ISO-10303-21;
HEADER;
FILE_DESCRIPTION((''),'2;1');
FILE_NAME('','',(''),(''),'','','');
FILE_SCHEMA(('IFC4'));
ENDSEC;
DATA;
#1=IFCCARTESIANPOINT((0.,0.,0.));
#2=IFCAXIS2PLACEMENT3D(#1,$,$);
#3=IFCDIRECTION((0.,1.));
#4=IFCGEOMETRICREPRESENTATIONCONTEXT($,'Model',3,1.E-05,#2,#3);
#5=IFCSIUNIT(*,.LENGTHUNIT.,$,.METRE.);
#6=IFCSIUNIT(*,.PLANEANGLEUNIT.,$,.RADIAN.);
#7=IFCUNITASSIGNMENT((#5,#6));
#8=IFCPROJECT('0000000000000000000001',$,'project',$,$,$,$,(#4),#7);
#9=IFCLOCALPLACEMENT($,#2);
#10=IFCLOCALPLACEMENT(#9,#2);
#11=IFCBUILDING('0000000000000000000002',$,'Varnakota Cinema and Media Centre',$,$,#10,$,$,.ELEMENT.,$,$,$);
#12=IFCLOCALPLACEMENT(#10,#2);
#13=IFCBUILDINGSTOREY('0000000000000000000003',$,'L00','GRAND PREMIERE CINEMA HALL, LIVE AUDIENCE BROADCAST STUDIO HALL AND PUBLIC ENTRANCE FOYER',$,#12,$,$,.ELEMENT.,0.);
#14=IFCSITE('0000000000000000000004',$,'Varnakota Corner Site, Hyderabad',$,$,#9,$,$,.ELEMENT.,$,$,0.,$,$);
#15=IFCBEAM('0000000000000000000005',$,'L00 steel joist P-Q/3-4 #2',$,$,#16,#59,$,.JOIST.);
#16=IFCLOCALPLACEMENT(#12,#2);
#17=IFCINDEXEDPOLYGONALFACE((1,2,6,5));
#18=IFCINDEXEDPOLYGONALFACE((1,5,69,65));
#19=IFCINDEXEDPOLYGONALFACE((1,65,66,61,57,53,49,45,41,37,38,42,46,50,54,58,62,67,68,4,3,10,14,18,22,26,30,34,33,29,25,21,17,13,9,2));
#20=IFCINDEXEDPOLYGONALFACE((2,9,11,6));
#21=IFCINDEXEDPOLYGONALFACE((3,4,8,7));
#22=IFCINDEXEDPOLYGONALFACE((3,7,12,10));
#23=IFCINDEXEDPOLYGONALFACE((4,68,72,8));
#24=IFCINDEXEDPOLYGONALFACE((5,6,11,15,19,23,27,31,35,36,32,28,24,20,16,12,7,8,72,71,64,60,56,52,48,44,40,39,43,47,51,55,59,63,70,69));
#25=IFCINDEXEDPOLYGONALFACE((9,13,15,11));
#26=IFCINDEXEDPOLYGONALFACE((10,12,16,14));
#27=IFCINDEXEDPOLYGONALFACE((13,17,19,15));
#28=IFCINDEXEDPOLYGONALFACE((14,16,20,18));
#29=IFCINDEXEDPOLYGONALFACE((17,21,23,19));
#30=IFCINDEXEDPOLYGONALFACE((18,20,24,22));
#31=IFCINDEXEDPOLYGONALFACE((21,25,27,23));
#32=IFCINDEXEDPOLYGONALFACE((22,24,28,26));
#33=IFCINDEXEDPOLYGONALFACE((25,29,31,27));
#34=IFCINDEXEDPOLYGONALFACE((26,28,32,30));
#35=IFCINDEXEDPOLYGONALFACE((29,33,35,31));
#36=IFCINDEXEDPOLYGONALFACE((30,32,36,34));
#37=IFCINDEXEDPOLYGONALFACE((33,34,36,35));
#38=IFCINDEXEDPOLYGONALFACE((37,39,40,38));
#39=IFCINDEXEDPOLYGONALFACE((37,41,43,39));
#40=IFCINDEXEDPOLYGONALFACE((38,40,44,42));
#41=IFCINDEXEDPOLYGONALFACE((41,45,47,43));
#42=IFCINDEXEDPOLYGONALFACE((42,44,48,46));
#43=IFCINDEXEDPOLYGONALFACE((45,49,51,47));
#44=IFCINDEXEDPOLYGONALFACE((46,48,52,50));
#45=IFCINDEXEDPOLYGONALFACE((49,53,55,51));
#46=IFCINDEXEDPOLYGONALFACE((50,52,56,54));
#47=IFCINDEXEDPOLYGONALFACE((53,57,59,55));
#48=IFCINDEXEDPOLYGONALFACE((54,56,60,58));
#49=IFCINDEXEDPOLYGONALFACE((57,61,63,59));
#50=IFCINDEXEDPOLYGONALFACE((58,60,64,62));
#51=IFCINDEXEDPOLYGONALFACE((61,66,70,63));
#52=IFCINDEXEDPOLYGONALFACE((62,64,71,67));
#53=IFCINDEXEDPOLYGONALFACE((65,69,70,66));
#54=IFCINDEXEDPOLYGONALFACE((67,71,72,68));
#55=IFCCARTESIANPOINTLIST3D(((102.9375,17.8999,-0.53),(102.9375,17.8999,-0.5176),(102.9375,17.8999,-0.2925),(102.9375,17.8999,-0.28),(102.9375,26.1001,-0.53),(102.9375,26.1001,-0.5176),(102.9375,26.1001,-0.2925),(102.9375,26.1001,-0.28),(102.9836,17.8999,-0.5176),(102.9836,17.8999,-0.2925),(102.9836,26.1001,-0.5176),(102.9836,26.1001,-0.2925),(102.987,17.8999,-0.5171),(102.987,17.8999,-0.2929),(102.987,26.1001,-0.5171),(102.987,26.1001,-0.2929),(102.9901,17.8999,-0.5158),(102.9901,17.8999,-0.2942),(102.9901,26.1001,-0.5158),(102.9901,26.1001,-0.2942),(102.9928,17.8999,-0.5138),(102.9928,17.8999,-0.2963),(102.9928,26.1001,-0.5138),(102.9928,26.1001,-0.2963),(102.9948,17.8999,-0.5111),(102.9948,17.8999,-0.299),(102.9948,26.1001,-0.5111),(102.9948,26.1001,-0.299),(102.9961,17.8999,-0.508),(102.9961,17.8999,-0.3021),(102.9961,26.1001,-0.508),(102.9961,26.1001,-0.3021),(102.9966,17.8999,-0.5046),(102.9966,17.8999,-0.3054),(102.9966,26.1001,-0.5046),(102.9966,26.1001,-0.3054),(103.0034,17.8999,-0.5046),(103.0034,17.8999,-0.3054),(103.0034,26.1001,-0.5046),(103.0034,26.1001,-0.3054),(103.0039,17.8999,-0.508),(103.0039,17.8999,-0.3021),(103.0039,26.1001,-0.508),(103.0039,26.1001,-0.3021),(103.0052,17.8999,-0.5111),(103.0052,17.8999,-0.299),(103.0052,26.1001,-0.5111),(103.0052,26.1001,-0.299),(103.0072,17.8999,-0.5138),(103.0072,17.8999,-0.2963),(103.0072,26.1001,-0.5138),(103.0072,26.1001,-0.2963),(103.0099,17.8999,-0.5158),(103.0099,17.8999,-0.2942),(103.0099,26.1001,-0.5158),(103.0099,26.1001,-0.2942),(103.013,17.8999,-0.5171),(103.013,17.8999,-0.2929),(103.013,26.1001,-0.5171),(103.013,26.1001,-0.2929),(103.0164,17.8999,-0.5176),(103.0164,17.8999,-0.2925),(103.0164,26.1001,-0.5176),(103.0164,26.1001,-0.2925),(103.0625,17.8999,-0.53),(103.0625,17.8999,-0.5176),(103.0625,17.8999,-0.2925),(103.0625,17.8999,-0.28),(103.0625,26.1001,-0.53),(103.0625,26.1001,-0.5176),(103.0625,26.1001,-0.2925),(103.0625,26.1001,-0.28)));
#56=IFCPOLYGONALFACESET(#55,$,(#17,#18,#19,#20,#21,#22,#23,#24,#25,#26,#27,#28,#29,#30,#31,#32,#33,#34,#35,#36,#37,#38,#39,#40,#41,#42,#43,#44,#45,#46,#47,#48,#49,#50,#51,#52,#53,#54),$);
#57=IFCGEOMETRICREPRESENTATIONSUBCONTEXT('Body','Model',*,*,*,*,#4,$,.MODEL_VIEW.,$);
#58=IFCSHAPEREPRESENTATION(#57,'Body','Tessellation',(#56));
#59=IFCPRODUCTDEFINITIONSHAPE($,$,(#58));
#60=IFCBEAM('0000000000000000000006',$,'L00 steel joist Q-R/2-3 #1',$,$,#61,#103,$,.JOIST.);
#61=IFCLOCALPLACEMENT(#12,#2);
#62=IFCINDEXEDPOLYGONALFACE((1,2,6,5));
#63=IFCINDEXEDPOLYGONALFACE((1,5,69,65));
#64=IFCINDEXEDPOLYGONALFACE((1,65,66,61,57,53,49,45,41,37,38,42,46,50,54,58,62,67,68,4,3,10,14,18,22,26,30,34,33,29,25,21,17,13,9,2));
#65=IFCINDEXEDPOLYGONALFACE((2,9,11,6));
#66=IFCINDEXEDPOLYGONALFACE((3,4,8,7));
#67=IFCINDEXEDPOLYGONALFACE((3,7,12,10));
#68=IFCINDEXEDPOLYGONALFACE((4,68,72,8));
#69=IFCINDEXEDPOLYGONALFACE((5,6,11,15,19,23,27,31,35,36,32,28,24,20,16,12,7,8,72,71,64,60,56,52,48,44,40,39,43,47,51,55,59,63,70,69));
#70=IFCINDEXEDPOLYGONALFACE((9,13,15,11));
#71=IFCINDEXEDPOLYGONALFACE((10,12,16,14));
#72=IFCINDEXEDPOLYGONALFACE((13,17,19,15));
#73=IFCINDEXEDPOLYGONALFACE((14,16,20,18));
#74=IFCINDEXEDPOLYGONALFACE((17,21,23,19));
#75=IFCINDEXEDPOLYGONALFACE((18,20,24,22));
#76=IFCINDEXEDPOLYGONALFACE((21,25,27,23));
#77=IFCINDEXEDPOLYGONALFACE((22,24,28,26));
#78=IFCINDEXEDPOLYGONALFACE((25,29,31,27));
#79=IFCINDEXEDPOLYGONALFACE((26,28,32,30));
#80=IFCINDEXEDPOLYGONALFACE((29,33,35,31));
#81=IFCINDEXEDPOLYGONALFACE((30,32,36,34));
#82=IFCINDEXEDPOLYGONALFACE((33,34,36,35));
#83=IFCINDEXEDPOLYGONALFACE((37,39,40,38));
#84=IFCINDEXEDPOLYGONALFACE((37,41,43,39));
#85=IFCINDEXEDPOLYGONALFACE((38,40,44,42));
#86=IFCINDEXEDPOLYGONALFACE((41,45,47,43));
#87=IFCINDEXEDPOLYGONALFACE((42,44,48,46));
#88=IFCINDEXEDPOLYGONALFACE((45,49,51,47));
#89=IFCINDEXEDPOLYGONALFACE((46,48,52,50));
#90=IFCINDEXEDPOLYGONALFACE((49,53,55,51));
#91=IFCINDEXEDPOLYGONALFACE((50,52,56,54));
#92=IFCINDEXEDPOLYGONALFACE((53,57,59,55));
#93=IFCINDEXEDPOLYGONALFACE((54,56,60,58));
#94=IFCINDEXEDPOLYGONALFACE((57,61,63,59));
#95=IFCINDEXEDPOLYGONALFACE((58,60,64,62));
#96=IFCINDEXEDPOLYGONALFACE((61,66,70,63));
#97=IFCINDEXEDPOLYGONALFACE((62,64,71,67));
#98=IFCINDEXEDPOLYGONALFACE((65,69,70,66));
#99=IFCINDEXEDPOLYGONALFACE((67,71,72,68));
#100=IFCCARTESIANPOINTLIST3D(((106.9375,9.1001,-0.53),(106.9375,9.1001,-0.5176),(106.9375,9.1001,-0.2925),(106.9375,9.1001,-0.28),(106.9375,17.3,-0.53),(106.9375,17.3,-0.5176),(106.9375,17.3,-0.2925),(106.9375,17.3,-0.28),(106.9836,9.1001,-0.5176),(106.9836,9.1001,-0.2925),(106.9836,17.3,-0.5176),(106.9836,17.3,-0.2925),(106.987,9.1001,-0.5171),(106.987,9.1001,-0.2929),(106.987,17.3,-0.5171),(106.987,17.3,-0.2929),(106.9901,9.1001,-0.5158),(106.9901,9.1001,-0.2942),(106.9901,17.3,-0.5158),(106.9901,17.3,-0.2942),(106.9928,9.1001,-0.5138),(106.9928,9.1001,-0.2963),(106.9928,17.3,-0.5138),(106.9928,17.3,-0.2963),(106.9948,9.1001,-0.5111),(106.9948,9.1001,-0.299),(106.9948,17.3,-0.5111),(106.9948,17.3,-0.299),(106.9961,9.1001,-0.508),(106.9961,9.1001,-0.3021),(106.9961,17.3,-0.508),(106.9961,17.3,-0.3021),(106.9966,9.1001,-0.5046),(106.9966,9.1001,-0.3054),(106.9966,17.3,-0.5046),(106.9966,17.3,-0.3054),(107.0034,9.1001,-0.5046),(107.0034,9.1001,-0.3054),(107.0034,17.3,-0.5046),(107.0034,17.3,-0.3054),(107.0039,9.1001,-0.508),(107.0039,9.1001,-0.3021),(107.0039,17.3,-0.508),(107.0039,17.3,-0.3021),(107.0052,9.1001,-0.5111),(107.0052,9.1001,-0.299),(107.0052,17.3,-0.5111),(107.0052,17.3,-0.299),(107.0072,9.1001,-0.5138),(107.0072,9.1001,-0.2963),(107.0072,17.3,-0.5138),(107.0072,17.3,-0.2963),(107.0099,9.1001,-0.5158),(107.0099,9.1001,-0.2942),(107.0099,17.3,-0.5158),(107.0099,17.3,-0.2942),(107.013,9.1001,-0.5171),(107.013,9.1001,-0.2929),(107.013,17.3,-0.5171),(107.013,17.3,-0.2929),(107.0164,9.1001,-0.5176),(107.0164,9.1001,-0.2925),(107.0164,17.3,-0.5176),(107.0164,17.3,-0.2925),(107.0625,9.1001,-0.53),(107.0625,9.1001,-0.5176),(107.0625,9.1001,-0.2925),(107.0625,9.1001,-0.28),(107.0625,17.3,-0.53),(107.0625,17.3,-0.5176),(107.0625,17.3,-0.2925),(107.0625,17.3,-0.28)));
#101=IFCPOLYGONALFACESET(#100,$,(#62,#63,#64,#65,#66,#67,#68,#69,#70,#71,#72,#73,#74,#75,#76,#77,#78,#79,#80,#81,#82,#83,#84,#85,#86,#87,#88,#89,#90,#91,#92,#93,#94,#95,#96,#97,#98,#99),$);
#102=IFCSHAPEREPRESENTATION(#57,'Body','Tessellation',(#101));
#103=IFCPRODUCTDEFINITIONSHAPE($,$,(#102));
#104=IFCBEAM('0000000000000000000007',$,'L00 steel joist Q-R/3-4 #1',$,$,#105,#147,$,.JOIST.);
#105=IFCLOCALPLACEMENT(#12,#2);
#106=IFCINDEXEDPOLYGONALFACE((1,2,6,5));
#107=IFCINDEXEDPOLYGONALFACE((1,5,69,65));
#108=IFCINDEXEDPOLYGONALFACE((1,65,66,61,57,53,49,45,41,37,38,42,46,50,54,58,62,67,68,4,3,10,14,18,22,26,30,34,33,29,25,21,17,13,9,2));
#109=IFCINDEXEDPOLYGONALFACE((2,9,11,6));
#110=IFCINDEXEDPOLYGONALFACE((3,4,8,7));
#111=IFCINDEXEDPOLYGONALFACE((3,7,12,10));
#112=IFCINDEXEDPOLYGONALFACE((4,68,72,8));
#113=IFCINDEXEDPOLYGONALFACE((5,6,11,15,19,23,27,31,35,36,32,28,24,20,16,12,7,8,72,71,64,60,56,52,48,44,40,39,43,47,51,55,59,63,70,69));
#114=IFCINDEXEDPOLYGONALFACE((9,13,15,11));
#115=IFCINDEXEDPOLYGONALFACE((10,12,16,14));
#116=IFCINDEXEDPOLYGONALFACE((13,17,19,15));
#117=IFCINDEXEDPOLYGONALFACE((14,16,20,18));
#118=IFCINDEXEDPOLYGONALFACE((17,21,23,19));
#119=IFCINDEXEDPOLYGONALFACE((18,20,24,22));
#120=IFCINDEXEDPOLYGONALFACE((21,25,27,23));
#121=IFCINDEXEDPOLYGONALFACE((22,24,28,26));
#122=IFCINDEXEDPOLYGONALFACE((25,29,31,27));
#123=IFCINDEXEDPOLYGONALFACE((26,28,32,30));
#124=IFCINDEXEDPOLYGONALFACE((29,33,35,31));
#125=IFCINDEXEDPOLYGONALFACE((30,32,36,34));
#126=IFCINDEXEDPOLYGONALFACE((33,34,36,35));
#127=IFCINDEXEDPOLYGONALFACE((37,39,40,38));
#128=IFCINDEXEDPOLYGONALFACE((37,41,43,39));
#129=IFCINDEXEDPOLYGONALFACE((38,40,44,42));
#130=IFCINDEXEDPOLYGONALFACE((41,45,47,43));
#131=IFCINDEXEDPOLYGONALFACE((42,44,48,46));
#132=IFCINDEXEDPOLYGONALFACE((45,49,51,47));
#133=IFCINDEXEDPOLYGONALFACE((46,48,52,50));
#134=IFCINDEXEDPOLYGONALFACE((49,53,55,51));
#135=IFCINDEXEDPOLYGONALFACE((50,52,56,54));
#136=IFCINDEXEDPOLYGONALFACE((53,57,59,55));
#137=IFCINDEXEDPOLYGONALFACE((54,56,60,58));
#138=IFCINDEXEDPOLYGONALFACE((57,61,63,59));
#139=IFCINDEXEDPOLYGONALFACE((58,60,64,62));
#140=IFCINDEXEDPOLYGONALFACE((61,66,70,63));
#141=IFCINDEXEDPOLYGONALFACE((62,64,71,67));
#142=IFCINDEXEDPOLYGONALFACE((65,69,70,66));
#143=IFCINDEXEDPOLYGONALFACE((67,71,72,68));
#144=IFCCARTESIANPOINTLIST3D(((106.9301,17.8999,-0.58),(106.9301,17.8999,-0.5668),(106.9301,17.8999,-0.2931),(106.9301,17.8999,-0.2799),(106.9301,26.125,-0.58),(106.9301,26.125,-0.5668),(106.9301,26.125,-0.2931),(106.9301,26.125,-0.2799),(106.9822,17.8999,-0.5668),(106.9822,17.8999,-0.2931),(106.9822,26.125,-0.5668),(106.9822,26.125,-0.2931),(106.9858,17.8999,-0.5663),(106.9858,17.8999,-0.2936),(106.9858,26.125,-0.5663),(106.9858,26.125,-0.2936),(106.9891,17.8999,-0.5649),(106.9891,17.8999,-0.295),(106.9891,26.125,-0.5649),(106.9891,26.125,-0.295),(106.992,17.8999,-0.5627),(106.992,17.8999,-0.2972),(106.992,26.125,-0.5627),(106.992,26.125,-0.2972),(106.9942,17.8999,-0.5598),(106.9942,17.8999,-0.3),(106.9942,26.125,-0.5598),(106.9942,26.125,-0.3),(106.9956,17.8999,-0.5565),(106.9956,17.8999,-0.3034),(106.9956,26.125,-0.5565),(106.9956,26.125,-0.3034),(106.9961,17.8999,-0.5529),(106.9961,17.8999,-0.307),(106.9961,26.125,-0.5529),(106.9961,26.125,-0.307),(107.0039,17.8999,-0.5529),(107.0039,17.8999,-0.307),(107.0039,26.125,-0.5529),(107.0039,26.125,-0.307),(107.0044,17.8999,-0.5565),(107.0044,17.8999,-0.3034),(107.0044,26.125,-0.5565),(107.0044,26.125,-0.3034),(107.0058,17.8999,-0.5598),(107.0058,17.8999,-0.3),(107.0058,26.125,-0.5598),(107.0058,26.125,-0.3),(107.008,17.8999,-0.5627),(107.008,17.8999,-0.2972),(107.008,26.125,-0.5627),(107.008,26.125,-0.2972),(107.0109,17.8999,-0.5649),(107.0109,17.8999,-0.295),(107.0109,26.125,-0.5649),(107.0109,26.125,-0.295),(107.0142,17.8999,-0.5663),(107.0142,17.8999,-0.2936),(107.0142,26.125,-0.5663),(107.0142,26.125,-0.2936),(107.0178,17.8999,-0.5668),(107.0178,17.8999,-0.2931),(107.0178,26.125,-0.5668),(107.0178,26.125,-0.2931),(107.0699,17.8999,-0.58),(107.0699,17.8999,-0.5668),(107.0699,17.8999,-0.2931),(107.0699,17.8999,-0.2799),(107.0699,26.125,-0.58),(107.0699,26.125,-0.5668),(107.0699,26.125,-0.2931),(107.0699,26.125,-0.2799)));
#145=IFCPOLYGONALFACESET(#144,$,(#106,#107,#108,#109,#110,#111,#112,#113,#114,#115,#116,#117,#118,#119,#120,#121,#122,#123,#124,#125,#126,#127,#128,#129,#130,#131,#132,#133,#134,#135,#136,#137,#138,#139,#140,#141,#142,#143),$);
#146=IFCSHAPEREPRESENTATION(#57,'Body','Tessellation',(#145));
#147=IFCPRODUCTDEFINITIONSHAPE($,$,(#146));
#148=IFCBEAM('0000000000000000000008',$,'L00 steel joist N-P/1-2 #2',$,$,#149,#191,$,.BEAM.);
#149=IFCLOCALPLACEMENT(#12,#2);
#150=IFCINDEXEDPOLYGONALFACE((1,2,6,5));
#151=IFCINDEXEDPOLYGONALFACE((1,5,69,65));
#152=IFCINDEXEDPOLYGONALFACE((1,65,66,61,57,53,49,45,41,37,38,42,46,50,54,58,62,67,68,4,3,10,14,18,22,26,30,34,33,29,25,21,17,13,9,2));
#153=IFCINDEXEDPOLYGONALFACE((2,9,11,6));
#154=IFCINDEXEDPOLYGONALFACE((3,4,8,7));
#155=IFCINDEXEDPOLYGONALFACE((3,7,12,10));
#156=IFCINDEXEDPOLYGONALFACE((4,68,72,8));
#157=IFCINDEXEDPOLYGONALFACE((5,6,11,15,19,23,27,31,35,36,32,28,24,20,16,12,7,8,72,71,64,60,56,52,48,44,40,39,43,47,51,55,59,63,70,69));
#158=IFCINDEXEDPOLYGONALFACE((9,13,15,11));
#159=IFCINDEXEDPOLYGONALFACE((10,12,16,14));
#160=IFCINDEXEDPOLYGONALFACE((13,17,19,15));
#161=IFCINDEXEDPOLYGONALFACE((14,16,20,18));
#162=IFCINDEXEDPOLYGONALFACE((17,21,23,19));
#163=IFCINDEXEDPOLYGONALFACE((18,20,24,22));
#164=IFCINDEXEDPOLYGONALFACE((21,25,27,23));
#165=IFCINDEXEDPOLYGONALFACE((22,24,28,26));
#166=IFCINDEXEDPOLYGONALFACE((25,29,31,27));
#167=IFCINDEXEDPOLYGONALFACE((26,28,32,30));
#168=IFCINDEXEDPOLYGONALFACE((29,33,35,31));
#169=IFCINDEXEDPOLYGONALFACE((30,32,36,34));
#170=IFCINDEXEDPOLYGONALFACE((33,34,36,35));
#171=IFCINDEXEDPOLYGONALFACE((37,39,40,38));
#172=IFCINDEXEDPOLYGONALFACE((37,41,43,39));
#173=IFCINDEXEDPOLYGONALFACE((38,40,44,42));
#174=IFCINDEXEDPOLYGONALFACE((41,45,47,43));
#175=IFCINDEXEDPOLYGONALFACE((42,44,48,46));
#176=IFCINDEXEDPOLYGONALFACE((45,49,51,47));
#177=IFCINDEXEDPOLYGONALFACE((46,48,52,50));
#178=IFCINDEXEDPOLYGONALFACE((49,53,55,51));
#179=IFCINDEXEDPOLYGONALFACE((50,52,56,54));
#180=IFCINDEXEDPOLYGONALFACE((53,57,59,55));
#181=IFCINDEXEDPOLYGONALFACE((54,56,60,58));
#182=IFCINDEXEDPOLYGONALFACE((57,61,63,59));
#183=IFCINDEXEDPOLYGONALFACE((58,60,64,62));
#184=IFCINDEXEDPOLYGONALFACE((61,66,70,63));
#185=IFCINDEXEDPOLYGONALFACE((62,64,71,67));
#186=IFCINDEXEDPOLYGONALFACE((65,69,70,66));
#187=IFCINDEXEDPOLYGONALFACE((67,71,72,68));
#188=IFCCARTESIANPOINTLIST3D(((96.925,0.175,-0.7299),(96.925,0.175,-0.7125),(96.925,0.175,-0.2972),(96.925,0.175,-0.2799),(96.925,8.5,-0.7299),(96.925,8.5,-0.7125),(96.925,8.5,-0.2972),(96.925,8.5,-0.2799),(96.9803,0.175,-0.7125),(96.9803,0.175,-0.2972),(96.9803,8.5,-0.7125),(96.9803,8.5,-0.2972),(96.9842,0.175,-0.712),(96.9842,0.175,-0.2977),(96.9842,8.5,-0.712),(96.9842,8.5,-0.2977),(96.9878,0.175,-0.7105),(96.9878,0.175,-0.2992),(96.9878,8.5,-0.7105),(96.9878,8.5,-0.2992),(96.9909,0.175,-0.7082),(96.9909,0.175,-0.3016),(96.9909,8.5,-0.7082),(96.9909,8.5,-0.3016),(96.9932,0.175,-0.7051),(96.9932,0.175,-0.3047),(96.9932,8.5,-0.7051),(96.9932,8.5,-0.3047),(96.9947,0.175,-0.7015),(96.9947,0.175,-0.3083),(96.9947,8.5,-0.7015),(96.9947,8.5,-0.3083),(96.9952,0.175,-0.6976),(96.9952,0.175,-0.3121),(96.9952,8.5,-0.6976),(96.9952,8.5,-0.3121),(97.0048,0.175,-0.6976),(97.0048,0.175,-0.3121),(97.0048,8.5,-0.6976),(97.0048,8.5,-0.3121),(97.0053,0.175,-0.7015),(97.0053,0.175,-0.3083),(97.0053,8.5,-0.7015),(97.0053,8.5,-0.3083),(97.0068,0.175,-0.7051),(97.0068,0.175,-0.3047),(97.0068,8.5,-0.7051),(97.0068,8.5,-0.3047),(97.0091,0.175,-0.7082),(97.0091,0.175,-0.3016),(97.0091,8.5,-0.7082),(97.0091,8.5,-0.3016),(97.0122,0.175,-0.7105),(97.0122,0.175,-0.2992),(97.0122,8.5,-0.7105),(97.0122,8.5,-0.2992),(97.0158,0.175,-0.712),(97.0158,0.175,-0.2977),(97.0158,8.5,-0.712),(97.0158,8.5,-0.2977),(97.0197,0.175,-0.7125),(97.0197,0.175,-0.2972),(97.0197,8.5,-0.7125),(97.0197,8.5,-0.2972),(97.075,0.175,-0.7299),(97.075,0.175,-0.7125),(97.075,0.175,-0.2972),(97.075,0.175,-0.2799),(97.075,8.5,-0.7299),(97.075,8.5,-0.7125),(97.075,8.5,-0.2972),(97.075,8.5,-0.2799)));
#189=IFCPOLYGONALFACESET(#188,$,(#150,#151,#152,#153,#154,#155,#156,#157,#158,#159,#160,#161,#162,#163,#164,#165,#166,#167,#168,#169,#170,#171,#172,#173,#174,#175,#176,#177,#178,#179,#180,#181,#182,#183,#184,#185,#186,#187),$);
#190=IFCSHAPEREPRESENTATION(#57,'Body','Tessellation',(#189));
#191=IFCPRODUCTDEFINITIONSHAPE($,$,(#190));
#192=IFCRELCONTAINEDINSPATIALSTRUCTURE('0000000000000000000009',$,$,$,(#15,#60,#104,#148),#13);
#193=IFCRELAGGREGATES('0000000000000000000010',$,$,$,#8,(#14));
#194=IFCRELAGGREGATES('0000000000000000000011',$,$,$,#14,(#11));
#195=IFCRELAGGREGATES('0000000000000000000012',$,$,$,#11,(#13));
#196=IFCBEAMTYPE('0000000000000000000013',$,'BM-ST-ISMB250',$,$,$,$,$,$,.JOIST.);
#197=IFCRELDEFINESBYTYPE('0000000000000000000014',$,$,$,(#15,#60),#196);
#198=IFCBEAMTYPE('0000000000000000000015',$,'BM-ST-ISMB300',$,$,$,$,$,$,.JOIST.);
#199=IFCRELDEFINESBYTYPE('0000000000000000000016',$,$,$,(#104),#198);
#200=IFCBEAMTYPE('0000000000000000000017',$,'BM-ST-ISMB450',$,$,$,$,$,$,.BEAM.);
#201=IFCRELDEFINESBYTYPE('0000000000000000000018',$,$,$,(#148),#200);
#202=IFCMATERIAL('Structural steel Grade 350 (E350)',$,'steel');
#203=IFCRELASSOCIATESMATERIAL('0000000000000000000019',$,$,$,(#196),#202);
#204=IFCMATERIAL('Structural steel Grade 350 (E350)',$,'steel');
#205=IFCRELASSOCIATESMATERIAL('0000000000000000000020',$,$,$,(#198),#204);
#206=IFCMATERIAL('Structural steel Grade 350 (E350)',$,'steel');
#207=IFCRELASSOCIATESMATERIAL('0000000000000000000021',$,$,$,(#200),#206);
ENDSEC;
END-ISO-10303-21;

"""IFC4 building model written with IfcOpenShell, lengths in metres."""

from ifc_helpers import new_model, si_unit, direction, frame, origin, origin_2d, place, context, subcontext, project, spatial, i_section, extrude, material, material_profile, profile_set, type_object, element, save


model = new_model("IFC4")

# Units and contexts
model_context = context("Model", 3, precision=1e-05, world=origin(), true_north=direction((0.0, 1.0)))
body_context = subcontext(model_context, "Body", "Model", "MODEL_VIEW")
ifc_project = project(units=[si_unit("LENGTHUNIT", "METRE"), si_unit("PLANEANGLEUNIT", "RADIAN")], contexts=[model_context])

# Site, building, storey
site_placement = place(None, origin())
site = spatial("IfcSite", under=ifc_project, at=site_placement, Name="Varnakota Corner Site, Hyderabad", CompositionType="ELEMENT", RefElevation=0.0)
building_placement = place(site_placement, origin())
building = spatial("IfcBuilding", under=site, at=building_placement, Name="Varnakota Cinema and Media Centre", CompositionType="ELEMENT")
storey_placement = place(building_placement, origin())
storey = spatial("IfcBuildingStorey", under=building, at=storey_placement, Name="L00", Description="GRAND PREMIERE CINEMA HALL, LIVE AUDIENCE BROADCAST STUDIO HALL AND PUBLIC ENTRANCE FOYER", CompositionType="ELEMENT", Elevation=0.0)

# Beams
ifc_material_1 = material(Name="Structural steel Grade 350 (E350)", Category="steel")
ifc_material_profile_1 = material_profile(ifc_material_1, i_section(OverallWidth=0.125, OverallDepth=0.25, WebThickness=0.0068, FlangeThickness=0.0125, FilletRadius=0.0129, at=origin_2d()), Name="ISMB 250")
ifc_profile_set_1 = profile_set([ifc_material_profile_1], Name="Structural steel Grade 350 (E350)")
beam_type_1 = type_object("IfcBeamType", Name="BM-ST-ISMB250", PredefinedType="JOIST", material=ifc_profile_set_1)
for number, where, z_axis, x_axis, name in (
    (1, (103.0, 17.8999, -0.405), (0.0, 1.0, 0.0), (-1.0, 0.0, 0.0), "L00 steel joist P-Q/3-4 #2"),
):
    element("IfcBeam", number, at=place(storey_placement, frame(where, z_axis=z_axis, x_axis=x_axis)), inside=storey, type_object=beam_type_1, Name=name, PredefinedType="JOIST", context=body_context, shape_type="SweptSolid", body=[
        extrude(i_section(OverallWidth=0.125, OverallDepth=0.25, WebThickness=0.0068, FlangeThickness=0.0125, FilletRadius=0.0129, at=origin_2d()), origin(), (0.0, 0.0, 1.0), 8.2002),
    ])
beam_1_placement = place(storey_placement, frame((107.0, 9.1001, -0.405), z_axis=(0.0, 1.0, 0.0), x_axis=(-1.0, 0.0, 0.0)))
element("IfcBeam", 2, at=beam_1_placement, inside=storey, type_object=beam_type_1, Name="L00 steel joist Q-R/2-3 #1", PredefinedType="JOIST", context=body_context, shape_type="SweptSolid", body=[
    extrude(i_section(OverallWidth=0.125, OverallDepth=0.25, WebThickness=0.0068, FlangeThickness=0.0125, FilletRadius=0.0129, at=origin_2d()), origin(), (0.0, 0.0, 1.0), 8.2),
])
ifc_material_2 = material(Name="Structural steel Grade 350 (E350)", Category="steel")
ifc_material_profile_2 = material_profile(ifc_material_2, i_section(OverallWidth=0.1399, OverallDepth=0.3, WebThickness=0.0078, FlangeThickness=0.0132, FilletRadius=0.0139, at=origin_2d()), Name="ISMB 300")
ifc_profile_set_2 = profile_set([ifc_material_profile_2], Name="Structural steel Grade 350 (E350)")
beam_type_2 = type_object("IfcBeamType", Name="BM-ST-ISMB300", PredefinedType="JOIST", material=ifc_profile_set_2)
beam_2_placement = place(storey_placement, frame((107.0, 17.8999, -0.4299), z_axis=(0.0, 1.0, 0.0), x_axis=(-1.0, 0.0, 0.0)))
element("IfcBeam", 3, at=beam_2_placement, inside=storey, type_object=beam_type_2, Name="L00 steel joist Q-R/3-4 #1", PredefinedType="JOIST", context=body_context, shape_type="SweptSolid", body=[
    extrude(i_section(OverallWidth=0.1399, OverallDepth=0.3, WebThickness=0.0078, FlangeThickness=0.0132, FilletRadius=0.0139, at=origin_2d()), origin(), (0.0, 0.0, 1.0), 8.2251),
])
ifc_material_3 = material(Name="Structural steel Grade 350 (E350)", Category="steel")
ifc_material_profile_3 = material_profile(ifc_material_3, i_section(OverallWidth=0.1499, OverallDepth=0.45, WebThickness=0.0095, FlangeThickness=0.0173, FilletRadius=0.0149, at=origin_2d()), Name="ISMB 450")
ifc_profile_set_3 = profile_set([ifc_material_profile_3], Name="Structural steel Grade 350 (E350)")
beam_type_3 = type_object("IfcBeamType", Name="BM-ST-ISMB450", PredefinedType="BEAM", material=ifc_profile_set_3)
beam_3_placement = place(storey_placement, frame((97.0, 0.175, -0.5049), z_axis=(0.0, 1.0, 0.0), x_axis=(-1.0, 0.0, 0.0)))
element("IfcBeam", 4, at=beam_3_placement, inside=storey, type_object=beam_type_3, Name="L00 steel joist N-P/1-2 #2", PredefinedType="BEAM", context=body_context, shape_type="SweptSolid", body=[
    extrude(i_section(OverallWidth=0.1499, OverallDepth=0.45, WebThickness=0.0095, FlangeThickness=0.0173, FilletRadius=0.0149, at=origin_2d()), origin(), (0.0, 0.0, 1.0), 8.325),
])

save(model, "model.ifc")
